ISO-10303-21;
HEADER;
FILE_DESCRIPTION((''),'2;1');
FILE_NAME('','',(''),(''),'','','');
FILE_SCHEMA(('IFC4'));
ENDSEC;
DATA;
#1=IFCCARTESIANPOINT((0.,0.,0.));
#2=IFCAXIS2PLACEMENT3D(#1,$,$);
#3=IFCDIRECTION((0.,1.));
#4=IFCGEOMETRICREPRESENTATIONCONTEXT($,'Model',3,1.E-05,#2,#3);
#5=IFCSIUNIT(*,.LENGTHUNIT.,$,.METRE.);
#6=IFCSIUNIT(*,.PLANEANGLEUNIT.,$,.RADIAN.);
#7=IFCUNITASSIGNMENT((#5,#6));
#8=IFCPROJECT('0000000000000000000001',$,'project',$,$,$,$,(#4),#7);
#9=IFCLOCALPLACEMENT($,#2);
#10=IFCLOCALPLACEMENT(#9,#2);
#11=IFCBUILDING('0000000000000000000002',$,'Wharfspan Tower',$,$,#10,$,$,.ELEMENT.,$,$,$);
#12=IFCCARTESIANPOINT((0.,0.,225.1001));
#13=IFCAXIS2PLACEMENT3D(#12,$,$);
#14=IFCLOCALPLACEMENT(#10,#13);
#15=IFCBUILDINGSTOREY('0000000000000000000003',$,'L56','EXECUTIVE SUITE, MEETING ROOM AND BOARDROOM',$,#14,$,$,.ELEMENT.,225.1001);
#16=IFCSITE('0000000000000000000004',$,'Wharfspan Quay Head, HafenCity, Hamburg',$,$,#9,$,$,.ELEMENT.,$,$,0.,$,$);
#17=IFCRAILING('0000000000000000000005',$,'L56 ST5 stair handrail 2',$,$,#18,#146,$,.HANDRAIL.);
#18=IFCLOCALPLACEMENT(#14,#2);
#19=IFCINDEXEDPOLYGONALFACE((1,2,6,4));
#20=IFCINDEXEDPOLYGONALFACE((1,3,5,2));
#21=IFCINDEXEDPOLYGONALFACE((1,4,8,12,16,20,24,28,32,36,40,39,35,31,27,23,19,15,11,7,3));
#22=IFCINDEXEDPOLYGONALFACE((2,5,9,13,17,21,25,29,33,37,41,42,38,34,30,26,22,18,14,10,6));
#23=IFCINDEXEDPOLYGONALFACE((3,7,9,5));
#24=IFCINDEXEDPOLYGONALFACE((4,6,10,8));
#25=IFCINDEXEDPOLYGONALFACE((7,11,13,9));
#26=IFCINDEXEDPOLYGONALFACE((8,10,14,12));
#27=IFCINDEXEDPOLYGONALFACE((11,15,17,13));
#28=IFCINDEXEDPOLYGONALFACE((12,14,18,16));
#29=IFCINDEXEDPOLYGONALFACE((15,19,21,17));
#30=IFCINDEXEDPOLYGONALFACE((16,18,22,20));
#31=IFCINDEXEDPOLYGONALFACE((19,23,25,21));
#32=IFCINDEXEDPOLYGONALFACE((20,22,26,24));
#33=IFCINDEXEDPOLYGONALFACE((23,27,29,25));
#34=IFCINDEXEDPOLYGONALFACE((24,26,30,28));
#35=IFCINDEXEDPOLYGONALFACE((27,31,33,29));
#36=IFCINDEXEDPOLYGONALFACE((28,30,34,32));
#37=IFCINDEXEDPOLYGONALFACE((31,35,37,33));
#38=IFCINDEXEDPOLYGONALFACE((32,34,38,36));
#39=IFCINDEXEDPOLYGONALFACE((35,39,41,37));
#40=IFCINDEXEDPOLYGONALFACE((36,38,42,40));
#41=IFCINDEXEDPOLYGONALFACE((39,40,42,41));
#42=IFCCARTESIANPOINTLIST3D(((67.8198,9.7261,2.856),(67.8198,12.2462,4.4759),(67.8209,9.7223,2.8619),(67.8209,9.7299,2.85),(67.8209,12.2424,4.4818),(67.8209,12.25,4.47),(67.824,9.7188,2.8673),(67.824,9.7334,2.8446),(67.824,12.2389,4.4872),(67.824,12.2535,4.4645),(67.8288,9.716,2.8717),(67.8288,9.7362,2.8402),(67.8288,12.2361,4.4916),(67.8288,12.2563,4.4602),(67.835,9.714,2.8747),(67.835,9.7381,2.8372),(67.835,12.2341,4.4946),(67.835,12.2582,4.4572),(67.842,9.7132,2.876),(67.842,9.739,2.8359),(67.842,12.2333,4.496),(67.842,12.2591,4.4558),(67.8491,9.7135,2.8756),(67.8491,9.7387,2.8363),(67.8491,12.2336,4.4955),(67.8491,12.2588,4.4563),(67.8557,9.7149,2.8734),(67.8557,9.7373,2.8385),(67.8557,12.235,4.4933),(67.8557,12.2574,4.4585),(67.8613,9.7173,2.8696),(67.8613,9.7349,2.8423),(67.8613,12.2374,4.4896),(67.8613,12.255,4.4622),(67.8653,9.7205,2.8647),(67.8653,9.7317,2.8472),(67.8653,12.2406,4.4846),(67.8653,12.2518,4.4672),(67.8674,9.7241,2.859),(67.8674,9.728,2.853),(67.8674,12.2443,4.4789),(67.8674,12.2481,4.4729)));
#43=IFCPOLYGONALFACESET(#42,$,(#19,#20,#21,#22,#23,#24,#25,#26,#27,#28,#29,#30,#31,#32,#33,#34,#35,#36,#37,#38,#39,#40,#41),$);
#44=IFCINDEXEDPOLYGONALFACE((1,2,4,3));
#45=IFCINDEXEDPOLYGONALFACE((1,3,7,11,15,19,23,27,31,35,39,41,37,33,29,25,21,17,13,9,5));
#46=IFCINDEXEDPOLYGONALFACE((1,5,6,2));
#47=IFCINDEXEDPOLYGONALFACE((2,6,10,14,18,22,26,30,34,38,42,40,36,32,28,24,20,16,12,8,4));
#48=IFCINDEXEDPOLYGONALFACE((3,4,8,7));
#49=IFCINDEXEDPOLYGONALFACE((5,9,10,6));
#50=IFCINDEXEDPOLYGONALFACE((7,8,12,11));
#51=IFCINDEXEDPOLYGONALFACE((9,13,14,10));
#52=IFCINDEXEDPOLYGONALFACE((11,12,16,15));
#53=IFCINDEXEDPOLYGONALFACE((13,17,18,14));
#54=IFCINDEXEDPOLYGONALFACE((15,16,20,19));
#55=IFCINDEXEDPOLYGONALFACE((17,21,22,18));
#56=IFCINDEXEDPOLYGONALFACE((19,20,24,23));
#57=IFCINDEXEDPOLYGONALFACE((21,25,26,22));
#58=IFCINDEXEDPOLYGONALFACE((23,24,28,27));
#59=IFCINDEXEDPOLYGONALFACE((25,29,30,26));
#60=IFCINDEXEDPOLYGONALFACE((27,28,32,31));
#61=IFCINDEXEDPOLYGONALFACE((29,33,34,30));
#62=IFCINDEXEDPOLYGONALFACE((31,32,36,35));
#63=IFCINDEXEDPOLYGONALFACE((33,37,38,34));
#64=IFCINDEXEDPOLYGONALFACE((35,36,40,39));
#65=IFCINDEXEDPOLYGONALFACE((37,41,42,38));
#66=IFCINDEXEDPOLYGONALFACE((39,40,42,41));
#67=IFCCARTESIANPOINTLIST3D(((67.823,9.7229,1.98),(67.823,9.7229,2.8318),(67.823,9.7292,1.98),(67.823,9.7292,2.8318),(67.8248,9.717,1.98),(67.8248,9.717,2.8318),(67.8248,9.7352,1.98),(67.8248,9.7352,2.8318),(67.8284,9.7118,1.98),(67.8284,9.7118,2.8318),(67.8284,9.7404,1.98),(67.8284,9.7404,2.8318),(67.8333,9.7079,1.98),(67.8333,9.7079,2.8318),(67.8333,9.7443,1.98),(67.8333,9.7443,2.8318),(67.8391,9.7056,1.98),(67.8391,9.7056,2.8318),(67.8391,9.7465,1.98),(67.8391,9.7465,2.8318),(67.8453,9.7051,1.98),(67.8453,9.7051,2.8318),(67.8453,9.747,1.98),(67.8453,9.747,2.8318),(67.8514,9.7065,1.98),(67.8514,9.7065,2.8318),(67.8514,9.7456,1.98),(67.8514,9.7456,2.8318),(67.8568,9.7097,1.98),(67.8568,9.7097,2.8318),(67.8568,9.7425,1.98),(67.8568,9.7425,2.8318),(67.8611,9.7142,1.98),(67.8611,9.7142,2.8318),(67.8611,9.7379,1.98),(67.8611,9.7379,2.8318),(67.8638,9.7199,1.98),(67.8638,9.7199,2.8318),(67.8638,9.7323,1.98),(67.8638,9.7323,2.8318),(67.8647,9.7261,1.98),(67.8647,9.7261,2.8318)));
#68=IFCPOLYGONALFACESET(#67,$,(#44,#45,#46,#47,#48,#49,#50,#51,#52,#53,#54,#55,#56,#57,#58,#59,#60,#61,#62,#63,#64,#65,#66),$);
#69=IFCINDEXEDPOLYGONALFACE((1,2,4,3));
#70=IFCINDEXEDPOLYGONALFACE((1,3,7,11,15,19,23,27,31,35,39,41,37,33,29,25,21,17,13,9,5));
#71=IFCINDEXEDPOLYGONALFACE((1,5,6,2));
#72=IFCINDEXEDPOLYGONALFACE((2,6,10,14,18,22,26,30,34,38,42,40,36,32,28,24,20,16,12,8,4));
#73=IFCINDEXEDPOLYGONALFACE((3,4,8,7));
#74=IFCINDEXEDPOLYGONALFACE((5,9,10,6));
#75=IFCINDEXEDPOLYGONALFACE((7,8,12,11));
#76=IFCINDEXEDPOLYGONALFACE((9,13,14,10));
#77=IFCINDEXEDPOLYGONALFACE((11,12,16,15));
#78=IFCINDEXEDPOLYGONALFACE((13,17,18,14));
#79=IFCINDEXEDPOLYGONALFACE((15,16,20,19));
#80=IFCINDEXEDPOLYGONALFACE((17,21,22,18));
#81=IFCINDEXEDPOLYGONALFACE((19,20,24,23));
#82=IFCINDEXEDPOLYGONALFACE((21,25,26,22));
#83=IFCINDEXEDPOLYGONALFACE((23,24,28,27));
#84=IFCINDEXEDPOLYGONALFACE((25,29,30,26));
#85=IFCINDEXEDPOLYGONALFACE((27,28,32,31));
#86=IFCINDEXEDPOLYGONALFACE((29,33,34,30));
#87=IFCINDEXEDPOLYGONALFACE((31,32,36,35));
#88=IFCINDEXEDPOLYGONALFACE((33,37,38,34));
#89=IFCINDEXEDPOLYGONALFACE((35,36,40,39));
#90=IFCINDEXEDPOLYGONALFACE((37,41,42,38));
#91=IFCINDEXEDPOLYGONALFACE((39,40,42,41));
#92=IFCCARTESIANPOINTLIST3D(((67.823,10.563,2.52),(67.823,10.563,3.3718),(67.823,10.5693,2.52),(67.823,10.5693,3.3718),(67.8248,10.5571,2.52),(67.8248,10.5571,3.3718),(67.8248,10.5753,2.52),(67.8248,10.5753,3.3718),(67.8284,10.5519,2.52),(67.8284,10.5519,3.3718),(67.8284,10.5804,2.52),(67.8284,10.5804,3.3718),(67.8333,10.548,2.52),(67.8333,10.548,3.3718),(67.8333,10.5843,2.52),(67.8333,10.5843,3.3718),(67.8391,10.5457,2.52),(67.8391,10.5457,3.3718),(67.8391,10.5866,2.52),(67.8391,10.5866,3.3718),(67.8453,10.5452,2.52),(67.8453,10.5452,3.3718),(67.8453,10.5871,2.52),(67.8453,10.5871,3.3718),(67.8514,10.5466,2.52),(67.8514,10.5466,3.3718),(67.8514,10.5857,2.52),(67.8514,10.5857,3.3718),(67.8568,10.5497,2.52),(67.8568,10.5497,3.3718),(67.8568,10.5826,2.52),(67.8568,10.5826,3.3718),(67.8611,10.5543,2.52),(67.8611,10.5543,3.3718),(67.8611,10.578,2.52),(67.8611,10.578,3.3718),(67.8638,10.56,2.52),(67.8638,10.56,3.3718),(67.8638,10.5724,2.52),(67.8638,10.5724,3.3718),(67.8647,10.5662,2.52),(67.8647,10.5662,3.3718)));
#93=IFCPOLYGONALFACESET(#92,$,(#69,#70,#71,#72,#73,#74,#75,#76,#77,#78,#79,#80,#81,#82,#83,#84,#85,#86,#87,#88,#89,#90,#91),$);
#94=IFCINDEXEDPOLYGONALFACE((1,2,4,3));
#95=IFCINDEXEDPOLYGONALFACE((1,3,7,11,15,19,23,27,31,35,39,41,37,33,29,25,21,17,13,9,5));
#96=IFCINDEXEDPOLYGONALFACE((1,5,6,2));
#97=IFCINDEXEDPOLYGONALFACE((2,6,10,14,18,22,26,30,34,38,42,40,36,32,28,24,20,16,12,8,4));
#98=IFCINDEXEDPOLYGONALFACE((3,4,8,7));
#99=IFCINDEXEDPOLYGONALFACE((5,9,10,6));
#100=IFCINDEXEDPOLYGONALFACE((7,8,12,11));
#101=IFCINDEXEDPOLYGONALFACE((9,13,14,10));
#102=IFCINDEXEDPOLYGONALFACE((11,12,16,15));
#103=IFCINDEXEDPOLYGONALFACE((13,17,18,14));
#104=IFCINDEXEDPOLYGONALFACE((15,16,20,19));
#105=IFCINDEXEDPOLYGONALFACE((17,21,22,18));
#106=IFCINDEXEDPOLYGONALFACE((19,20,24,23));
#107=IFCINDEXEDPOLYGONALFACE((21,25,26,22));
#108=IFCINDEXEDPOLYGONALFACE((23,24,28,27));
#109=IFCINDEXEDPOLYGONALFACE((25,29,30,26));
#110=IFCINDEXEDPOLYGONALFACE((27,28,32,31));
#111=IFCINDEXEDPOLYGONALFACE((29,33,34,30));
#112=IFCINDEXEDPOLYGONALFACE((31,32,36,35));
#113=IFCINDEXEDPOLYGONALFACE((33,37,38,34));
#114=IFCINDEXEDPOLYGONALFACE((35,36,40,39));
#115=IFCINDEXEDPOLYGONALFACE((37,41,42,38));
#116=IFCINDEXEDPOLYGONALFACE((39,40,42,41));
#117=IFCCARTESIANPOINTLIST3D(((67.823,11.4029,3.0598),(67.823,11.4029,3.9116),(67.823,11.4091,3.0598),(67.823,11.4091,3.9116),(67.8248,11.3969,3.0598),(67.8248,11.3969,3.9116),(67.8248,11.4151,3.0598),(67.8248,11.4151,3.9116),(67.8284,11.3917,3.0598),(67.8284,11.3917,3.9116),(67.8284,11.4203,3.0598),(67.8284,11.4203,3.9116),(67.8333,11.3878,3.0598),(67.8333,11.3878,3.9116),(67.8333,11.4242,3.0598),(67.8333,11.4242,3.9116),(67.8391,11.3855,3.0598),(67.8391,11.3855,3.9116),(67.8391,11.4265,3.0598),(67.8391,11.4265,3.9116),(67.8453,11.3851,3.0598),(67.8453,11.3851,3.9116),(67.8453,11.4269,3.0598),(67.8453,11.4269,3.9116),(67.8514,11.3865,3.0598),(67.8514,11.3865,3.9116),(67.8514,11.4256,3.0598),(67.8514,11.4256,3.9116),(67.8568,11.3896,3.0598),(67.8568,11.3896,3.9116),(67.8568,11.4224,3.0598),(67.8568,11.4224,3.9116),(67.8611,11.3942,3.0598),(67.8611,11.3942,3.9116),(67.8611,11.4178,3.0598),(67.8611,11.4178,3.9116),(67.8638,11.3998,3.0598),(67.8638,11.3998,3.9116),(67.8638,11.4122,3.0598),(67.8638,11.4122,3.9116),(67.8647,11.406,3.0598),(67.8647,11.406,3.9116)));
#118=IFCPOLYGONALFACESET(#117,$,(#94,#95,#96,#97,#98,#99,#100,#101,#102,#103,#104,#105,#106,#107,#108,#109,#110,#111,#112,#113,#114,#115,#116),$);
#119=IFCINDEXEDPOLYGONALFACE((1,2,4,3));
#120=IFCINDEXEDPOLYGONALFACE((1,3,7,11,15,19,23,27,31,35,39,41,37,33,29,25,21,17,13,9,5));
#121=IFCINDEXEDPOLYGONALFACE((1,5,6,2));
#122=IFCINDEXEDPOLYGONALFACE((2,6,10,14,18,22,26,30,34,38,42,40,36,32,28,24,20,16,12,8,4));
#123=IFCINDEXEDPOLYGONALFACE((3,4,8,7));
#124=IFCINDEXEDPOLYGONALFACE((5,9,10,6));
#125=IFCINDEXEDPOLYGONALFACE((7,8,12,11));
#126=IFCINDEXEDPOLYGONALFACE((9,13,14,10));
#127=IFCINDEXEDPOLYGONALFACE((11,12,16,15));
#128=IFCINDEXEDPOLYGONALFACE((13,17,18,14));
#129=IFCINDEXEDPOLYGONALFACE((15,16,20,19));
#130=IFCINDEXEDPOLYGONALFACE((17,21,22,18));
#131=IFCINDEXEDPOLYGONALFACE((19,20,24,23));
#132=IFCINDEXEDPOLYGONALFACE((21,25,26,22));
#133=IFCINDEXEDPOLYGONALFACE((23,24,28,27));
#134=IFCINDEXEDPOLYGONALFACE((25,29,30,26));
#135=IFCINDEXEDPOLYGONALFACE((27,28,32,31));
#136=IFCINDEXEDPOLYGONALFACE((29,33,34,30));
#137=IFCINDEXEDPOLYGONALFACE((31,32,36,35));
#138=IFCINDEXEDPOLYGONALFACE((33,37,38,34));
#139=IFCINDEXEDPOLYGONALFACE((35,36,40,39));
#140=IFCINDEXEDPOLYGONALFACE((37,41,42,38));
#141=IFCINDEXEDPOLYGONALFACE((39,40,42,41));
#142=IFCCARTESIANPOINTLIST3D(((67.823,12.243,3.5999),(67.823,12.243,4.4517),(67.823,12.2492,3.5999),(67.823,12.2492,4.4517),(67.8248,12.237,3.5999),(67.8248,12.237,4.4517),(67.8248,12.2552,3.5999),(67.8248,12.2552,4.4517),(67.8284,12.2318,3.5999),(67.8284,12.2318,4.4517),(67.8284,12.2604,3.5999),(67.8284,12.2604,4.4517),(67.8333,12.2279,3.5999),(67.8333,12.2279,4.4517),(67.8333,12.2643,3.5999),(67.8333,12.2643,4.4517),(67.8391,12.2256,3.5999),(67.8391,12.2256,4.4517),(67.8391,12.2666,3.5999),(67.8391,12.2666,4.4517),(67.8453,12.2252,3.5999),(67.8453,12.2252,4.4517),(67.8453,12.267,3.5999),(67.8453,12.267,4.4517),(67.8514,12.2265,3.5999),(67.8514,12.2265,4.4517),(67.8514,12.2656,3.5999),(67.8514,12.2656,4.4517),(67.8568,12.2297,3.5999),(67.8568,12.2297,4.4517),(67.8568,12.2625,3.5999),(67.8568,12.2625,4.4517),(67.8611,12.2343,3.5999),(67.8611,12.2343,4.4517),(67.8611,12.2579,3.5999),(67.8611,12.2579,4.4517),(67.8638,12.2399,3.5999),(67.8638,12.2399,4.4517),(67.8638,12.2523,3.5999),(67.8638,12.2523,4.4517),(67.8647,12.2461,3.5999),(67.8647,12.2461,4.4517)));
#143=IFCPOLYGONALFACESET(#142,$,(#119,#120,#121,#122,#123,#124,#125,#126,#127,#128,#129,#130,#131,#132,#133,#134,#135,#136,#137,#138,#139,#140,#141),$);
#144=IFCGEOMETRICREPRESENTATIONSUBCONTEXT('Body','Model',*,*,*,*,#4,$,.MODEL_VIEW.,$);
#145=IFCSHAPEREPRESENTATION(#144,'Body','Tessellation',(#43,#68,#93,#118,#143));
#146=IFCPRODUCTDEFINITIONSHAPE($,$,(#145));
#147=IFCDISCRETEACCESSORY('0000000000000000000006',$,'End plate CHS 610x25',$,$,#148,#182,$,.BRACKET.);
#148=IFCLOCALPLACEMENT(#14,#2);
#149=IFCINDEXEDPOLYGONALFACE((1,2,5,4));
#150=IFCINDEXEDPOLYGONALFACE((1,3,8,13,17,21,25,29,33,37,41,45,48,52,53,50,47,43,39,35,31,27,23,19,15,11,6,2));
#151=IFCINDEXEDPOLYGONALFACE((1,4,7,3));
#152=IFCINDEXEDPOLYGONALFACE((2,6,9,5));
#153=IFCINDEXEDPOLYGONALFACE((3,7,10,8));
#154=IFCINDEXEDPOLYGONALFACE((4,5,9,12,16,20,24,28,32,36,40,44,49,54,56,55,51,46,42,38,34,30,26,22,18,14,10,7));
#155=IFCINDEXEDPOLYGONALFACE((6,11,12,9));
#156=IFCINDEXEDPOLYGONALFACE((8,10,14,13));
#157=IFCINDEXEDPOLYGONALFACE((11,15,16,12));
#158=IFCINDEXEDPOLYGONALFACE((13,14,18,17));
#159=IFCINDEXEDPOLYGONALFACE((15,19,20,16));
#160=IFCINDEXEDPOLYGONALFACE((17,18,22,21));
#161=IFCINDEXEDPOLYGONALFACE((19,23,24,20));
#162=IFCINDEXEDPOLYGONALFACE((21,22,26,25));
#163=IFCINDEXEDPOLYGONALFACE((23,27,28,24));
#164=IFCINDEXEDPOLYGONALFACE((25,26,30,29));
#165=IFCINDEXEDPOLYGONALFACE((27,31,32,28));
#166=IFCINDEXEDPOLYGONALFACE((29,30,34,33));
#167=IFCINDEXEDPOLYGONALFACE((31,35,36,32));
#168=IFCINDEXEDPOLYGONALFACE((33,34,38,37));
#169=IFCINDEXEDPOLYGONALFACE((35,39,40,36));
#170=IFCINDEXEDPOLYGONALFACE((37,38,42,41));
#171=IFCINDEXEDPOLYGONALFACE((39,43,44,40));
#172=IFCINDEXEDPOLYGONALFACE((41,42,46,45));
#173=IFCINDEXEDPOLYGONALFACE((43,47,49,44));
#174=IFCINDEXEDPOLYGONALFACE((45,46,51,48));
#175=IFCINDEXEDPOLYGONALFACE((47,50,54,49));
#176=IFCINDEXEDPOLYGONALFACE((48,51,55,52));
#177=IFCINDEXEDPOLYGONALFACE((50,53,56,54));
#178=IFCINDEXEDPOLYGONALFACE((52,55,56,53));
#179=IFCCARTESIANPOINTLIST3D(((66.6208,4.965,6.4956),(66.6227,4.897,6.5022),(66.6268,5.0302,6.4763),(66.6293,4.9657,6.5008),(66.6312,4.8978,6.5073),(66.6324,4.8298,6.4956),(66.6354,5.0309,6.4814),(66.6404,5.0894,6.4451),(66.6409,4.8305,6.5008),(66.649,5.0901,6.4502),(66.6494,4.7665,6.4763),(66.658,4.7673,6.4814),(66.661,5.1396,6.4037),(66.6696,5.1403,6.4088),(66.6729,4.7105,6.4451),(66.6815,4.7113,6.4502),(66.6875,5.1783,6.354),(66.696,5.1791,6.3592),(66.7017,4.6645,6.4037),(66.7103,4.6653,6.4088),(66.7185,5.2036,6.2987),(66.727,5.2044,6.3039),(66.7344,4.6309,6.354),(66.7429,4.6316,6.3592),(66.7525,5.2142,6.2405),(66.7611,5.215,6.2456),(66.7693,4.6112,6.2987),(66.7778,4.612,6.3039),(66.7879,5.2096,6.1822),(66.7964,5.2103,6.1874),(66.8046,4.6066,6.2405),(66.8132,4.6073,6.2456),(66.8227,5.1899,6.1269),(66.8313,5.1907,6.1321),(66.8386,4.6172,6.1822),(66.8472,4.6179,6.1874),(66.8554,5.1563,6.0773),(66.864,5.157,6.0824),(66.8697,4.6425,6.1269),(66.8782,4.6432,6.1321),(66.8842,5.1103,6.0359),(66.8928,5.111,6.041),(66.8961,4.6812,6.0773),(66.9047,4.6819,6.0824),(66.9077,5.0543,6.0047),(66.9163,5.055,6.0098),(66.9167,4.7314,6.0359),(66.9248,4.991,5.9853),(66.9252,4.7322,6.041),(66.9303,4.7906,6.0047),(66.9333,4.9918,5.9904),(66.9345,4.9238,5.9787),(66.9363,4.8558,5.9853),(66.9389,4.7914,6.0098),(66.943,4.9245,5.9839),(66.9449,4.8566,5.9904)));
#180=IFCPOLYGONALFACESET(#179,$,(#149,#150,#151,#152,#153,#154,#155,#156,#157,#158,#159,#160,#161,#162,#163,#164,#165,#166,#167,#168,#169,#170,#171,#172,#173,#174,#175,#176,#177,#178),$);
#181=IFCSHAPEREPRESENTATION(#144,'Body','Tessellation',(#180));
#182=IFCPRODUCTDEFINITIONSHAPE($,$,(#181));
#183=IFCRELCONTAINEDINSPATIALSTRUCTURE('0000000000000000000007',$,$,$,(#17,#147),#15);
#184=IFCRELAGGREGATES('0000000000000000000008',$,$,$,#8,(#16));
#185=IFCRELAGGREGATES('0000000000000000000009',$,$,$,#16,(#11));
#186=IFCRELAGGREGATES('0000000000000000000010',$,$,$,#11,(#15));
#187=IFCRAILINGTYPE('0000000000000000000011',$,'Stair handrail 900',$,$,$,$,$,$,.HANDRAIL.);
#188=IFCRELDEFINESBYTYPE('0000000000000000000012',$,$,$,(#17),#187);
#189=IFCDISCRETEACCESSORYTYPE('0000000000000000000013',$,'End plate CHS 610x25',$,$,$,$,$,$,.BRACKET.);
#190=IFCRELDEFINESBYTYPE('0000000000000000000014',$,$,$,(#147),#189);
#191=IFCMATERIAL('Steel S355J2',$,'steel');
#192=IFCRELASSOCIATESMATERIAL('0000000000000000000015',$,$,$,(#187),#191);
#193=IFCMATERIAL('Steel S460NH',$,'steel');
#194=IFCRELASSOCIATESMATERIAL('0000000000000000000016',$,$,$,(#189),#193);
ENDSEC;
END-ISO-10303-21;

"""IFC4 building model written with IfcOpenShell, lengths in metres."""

from ifc_helpers import new_model, si_unit, direction, frame, origin, origin_2d, place, context, subcontext, project, spatial, circle, extrude, material, material_profile, profile_set, type_object, element, save


model = new_model("IFC4")

# Units and contexts
model_context = context("Model", 3, precision=1e-05, world=origin(), true_north=direction((0.0, 1.0)))
body_context = subcontext(model_context, "Body", "Model", "MODEL_VIEW")
ifc_project = project(units=[si_unit("LENGTHUNIT", "METRE"), si_unit("PLANEANGLEUNIT", "RADIAN")], contexts=[model_context])

# Site, building, storey
site_placement = place(None, origin())
site = spatial("IfcSite", under=ifc_project, at=site_placement, Name="Wharfspan Quay Head, HafenCity, Hamburg", CompositionType="ELEMENT", RefElevation=0.0)
building_placement = place(site_placement, origin())
building = spatial("IfcBuilding", under=site, at=building_placement, Name="Wharfspan Tower", CompositionType="ELEMENT")
storey_placement = place(building_placement, frame((0.0, 0.0, 225.1001)))
storey = spatial("IfcBuildingStorey", under=building, at=storey_placement, Name="L56", Description="EXECUTIVE SUITE, MEETING ROOM AND BOARDROOM", CompositionType="ELEMENT", Elevation=225.1001)

# Shared definitions
ifc_material_1 = material(Name="Steel S355J2", Category="steel")

# Shared definitions
ifc_material_2 = material(Name="Steel S460NH", Category="steel")

# Railing
railing_type_1 = type_object("IfcRailingType", Name="Stair handrail 900", PredefinedType="HANDRAIL", material=ifc_material_1)
railing_1_placement = place(storey_placement, frame((67.8438, 9.7261, 1.98)))
element("IfcRailing", 1, at=railing_1_placement, inside=storey, type_object=railing_type_1, Name="L56 ST5 stair handrail 2", PredefinedType="HANDRAIL", context=body_context, shape_type="SweptSolid", body=[
    extrude(circle(Radius=0.0239, at=origin_2d()), frame((0.0, 0.0, 0.876), z_axis=(0.0, 0.8412, 0.540725), x_axis=(-1.0, 0.0, 0.0)), (0.0, 0.0, 1.0), 2.9958),
    extrude(circle(Radius=0.021, at=origin_2d()), origin(), (0.0, 0.0, 1.0), 0.8518),
    extrude(circle(Radius=0.021, at=origin_2d()), frame((0.0, 0.8401, 0.54)), (0.0, 0.0, 1.0), 0.8518),
    extrude(circle(Radius=0.021, at=origin_2d()), frame((0.0, 1.6799, 1.0798)), (0.0, 0.0, 1.0), 0.8518),
    extrude(circle(Radius=0.021, at=origin_2d()), frame((0.0, 2.52, 1.6199)), (0.0, 0.0, 1.0), 0.8518),
])

# Discrete accessory
ifc_material_profile_1 = material_profile(ifc_material_2, circle(Radius=0.3049, at=origin_2d()))
ifc_profile_set_1 = profile_set([ifc_material_profile_1], Name="Steel S460NH")
discrete_accessory_type = type_object("IfcDiscreteAccessoryType", Name="End plate CHS 610x25", PredefinedType="BRACKET", material=ifc_profile_set_1)
for number, where, z_axis, x_axis, name in (
    (2, (66.7786, 4.9104, 6.2405), (0.855186, 0.073302, 0.513112), (-0.085402, 0.996345, 0.000001), "End plate CHS 610x25"),
):
    element("IfcDiscreteAccessory", number, at=place(storey_placement, frame(where, z_axis=z_axis, x_axis=x_axis)), inside=storey, type_object=discrete_accessory_type, Name=name, PredefinedType="BRACKET", context=body_context, shape_type="SweptSolid", body=[
        extrude(circle(Radius=0.3049, at=origin_2d()), origin(), (0.0, 0.0, 1.0), 0.01),
    ])

save(model, "model.ifc")
